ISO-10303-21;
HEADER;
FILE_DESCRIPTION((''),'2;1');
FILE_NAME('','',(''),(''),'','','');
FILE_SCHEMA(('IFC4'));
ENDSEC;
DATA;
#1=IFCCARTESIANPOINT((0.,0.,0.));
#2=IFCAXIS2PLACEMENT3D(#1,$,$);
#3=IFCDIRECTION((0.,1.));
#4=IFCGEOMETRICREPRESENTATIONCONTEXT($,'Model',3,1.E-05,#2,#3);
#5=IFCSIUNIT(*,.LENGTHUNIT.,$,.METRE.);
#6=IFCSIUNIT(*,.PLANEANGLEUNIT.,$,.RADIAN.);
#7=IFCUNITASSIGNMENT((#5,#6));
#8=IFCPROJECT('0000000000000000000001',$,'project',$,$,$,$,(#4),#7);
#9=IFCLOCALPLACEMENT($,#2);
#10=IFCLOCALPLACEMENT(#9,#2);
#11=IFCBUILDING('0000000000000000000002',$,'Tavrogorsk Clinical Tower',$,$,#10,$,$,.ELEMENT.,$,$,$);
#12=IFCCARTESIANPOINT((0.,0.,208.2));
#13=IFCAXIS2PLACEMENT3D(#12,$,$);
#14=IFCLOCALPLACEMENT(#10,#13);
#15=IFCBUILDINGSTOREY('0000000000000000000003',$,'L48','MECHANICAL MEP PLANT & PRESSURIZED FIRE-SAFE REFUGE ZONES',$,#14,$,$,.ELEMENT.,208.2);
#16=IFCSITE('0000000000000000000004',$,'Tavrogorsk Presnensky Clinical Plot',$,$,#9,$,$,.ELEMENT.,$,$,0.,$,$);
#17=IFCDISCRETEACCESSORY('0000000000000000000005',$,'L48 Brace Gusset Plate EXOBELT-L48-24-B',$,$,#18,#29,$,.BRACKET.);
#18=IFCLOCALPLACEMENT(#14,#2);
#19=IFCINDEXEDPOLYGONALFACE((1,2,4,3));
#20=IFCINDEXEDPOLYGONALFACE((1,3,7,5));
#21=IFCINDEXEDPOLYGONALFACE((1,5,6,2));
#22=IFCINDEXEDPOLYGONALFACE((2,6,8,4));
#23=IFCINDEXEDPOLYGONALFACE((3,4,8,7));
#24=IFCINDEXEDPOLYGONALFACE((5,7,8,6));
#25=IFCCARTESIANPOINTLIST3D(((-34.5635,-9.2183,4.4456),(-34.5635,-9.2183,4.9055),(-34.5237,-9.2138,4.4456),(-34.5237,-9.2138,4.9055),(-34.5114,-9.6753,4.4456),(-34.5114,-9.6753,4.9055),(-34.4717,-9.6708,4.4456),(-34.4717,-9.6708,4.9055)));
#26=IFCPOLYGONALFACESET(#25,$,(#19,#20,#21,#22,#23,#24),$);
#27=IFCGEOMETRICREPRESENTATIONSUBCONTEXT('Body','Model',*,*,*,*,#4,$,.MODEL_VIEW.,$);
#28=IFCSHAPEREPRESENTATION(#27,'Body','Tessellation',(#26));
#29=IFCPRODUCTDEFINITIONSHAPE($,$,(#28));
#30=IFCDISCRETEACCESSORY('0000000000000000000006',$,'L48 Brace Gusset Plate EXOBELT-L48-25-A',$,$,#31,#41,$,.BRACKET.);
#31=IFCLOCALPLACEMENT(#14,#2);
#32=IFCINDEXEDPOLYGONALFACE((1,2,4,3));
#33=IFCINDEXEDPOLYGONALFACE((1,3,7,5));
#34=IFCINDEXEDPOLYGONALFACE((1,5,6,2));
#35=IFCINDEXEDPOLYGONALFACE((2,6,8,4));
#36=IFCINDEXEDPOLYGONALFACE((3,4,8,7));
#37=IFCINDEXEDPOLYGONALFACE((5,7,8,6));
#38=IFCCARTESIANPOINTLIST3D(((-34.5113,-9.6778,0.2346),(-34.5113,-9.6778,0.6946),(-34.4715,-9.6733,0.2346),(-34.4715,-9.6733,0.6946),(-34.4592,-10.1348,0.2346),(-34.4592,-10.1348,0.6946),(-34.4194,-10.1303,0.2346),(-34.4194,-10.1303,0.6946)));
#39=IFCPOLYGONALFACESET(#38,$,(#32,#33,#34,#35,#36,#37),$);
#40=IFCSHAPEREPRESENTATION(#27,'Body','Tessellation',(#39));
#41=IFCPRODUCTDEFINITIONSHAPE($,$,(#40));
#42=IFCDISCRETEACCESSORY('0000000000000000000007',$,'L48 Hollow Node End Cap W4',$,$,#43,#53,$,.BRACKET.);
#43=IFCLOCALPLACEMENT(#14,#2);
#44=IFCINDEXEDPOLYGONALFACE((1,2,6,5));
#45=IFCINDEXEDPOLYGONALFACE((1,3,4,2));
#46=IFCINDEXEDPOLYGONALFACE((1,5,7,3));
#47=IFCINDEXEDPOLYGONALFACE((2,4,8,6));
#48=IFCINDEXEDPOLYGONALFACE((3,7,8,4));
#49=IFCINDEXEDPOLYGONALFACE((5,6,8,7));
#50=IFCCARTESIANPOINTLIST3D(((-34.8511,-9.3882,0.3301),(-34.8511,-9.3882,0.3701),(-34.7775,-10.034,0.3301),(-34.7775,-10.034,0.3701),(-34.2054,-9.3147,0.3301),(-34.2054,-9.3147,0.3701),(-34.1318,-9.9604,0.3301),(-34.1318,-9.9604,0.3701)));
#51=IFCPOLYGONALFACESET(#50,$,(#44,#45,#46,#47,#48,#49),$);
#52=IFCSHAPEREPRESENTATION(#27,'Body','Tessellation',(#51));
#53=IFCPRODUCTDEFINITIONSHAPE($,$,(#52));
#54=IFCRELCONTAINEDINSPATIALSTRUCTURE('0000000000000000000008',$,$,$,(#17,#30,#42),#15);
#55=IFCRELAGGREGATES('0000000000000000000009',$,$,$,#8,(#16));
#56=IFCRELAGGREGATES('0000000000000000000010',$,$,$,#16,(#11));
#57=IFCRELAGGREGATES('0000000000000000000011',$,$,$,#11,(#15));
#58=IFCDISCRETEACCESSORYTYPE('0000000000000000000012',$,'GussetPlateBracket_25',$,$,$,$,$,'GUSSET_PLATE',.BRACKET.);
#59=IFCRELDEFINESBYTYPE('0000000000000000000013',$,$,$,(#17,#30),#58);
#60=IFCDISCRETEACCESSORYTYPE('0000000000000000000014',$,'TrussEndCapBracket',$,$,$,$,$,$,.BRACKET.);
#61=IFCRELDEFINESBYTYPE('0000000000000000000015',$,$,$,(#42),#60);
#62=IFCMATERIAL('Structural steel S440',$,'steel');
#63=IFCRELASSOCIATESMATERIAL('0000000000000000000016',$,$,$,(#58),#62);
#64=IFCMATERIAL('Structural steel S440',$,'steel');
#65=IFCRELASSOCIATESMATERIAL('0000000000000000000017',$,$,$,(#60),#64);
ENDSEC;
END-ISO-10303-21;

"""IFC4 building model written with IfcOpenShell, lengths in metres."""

from ifc_helpers import new_model, si_unit, direction, frame, origin, origin_2d, place, context, subcontext, project, spatial, rectangle, extrude, material, type_object, element, save


model = new_model("IFC4")

# Units and contexts
model_context = context("Model", 3, precision=1e-05, world=origin(), true_north=direction((0.0, 1.0)))
body_context = subcontext(model_context, "Body", "Model", "MODEL_VIEW")
ifc_project = project(units=[si_unit("LENGTHUNIT", "METRE"), si_unit("PLANEANGLEUNIT", "RADIAN")], contexts=[model_context])

# Site, building, storey
site_placement = place(None, origin())
site = spatial("IfcSite", under=ifc_project, at=site_placement, Name="Tavrogorsk Presnensky Clinical Plot", CompositionType="ELEMENT", RefElevation=0.0)
building_placement = place(site_placement, origin())
building = spatial("IfcBuilding", under=site, at=building_placement, Name="Tavrogorsk Clinical Tower", CompositionType="ELEMENT")
storey_placement = place(building_placement, frame((0.0, 0.0, 208.2)))
storey = spatial("IfcBuildingStorey", under=building, at=storey_placement, Name="L48", Description="MECHANICAL MEP PLANT & PRESSURIZED FIRE-SAFE REFUGE ZONES", CompositionType="ELEMENT", Elevation=208.2)

# Discrete accessories
ifc_material_1 = material(Name="Structural steel S440", Category="steel")
discrete_accessory_type_1 = type_object("IfcDiscreteAccessoryType", Name="GussetPlateBracket_25", ElementType="GUSSET_PLATE", PredefinedType="BRACKET", material=ifc_material_1)
for number, where, z_axis, x_axis, name in (
    (1, (-34.5176, -9.4446, 4.4456), (0.0, 0.0, 1.0), (0.113203, -0.993572, 0.0), "L48 Brace Gusset Plate EXOBELT-L48-24-B"),
    (2, (-34.4653, -9.9041, 0.2346), (0.0, 0.0, 1.0), (0.113203, -0.993572, 0.0), "L48 Brace Gusset Plate EXOBELT-L48-25-A"),
):
    element("IfcDiscreteAccessory", number, at=place(storey_placement, frame(where, z_axis=z_axis, x_axis=x_axis)), inside=storey, type_object=discrete_accessory_type_1, Name=name, PredefinedType="BRACKET", context=body_context, shape_type="SweptSolid", body=[
        extrude(rectangle(XDim=0.46, YDim=0.04, at=origin_2d()), origin(), (0.0, 0.0, 1.0), 0.46),
    ])
ifc_material_2 = material(Name="Structural steel S440", Category="steel")
discrete_accessory_type_2 = type_object("IfcDiscreteAccessoryType", Name="TrussEndCapBracket", PredefinedType="BRACKET", material=ifc_material_2)
discrete_accessory_placement = place(storey_placement, frame((-34.4915, -9.6743, 0.3301), z_axis=(0.0, 0.0, 1.0), x_axis=(0.993572, 0.113203, 0.0)))
element("IfcDiscreteAccessory", 3, at=discrete_accessory_placement, inside=storey, type_object=discrete_accessory_type_2, Name="L48 Hollow Node End Cap W4", PredefinedType="BRACKET", context=body_context, shape_type="SweptSolid", body=[
    extrude(rectangle(XDim=0.6499, YDim=0.6499, at=origin_2d()), origin(), (0.0, 0.0, 1.0), 0.04),
])

save(model, "model.ifc")
